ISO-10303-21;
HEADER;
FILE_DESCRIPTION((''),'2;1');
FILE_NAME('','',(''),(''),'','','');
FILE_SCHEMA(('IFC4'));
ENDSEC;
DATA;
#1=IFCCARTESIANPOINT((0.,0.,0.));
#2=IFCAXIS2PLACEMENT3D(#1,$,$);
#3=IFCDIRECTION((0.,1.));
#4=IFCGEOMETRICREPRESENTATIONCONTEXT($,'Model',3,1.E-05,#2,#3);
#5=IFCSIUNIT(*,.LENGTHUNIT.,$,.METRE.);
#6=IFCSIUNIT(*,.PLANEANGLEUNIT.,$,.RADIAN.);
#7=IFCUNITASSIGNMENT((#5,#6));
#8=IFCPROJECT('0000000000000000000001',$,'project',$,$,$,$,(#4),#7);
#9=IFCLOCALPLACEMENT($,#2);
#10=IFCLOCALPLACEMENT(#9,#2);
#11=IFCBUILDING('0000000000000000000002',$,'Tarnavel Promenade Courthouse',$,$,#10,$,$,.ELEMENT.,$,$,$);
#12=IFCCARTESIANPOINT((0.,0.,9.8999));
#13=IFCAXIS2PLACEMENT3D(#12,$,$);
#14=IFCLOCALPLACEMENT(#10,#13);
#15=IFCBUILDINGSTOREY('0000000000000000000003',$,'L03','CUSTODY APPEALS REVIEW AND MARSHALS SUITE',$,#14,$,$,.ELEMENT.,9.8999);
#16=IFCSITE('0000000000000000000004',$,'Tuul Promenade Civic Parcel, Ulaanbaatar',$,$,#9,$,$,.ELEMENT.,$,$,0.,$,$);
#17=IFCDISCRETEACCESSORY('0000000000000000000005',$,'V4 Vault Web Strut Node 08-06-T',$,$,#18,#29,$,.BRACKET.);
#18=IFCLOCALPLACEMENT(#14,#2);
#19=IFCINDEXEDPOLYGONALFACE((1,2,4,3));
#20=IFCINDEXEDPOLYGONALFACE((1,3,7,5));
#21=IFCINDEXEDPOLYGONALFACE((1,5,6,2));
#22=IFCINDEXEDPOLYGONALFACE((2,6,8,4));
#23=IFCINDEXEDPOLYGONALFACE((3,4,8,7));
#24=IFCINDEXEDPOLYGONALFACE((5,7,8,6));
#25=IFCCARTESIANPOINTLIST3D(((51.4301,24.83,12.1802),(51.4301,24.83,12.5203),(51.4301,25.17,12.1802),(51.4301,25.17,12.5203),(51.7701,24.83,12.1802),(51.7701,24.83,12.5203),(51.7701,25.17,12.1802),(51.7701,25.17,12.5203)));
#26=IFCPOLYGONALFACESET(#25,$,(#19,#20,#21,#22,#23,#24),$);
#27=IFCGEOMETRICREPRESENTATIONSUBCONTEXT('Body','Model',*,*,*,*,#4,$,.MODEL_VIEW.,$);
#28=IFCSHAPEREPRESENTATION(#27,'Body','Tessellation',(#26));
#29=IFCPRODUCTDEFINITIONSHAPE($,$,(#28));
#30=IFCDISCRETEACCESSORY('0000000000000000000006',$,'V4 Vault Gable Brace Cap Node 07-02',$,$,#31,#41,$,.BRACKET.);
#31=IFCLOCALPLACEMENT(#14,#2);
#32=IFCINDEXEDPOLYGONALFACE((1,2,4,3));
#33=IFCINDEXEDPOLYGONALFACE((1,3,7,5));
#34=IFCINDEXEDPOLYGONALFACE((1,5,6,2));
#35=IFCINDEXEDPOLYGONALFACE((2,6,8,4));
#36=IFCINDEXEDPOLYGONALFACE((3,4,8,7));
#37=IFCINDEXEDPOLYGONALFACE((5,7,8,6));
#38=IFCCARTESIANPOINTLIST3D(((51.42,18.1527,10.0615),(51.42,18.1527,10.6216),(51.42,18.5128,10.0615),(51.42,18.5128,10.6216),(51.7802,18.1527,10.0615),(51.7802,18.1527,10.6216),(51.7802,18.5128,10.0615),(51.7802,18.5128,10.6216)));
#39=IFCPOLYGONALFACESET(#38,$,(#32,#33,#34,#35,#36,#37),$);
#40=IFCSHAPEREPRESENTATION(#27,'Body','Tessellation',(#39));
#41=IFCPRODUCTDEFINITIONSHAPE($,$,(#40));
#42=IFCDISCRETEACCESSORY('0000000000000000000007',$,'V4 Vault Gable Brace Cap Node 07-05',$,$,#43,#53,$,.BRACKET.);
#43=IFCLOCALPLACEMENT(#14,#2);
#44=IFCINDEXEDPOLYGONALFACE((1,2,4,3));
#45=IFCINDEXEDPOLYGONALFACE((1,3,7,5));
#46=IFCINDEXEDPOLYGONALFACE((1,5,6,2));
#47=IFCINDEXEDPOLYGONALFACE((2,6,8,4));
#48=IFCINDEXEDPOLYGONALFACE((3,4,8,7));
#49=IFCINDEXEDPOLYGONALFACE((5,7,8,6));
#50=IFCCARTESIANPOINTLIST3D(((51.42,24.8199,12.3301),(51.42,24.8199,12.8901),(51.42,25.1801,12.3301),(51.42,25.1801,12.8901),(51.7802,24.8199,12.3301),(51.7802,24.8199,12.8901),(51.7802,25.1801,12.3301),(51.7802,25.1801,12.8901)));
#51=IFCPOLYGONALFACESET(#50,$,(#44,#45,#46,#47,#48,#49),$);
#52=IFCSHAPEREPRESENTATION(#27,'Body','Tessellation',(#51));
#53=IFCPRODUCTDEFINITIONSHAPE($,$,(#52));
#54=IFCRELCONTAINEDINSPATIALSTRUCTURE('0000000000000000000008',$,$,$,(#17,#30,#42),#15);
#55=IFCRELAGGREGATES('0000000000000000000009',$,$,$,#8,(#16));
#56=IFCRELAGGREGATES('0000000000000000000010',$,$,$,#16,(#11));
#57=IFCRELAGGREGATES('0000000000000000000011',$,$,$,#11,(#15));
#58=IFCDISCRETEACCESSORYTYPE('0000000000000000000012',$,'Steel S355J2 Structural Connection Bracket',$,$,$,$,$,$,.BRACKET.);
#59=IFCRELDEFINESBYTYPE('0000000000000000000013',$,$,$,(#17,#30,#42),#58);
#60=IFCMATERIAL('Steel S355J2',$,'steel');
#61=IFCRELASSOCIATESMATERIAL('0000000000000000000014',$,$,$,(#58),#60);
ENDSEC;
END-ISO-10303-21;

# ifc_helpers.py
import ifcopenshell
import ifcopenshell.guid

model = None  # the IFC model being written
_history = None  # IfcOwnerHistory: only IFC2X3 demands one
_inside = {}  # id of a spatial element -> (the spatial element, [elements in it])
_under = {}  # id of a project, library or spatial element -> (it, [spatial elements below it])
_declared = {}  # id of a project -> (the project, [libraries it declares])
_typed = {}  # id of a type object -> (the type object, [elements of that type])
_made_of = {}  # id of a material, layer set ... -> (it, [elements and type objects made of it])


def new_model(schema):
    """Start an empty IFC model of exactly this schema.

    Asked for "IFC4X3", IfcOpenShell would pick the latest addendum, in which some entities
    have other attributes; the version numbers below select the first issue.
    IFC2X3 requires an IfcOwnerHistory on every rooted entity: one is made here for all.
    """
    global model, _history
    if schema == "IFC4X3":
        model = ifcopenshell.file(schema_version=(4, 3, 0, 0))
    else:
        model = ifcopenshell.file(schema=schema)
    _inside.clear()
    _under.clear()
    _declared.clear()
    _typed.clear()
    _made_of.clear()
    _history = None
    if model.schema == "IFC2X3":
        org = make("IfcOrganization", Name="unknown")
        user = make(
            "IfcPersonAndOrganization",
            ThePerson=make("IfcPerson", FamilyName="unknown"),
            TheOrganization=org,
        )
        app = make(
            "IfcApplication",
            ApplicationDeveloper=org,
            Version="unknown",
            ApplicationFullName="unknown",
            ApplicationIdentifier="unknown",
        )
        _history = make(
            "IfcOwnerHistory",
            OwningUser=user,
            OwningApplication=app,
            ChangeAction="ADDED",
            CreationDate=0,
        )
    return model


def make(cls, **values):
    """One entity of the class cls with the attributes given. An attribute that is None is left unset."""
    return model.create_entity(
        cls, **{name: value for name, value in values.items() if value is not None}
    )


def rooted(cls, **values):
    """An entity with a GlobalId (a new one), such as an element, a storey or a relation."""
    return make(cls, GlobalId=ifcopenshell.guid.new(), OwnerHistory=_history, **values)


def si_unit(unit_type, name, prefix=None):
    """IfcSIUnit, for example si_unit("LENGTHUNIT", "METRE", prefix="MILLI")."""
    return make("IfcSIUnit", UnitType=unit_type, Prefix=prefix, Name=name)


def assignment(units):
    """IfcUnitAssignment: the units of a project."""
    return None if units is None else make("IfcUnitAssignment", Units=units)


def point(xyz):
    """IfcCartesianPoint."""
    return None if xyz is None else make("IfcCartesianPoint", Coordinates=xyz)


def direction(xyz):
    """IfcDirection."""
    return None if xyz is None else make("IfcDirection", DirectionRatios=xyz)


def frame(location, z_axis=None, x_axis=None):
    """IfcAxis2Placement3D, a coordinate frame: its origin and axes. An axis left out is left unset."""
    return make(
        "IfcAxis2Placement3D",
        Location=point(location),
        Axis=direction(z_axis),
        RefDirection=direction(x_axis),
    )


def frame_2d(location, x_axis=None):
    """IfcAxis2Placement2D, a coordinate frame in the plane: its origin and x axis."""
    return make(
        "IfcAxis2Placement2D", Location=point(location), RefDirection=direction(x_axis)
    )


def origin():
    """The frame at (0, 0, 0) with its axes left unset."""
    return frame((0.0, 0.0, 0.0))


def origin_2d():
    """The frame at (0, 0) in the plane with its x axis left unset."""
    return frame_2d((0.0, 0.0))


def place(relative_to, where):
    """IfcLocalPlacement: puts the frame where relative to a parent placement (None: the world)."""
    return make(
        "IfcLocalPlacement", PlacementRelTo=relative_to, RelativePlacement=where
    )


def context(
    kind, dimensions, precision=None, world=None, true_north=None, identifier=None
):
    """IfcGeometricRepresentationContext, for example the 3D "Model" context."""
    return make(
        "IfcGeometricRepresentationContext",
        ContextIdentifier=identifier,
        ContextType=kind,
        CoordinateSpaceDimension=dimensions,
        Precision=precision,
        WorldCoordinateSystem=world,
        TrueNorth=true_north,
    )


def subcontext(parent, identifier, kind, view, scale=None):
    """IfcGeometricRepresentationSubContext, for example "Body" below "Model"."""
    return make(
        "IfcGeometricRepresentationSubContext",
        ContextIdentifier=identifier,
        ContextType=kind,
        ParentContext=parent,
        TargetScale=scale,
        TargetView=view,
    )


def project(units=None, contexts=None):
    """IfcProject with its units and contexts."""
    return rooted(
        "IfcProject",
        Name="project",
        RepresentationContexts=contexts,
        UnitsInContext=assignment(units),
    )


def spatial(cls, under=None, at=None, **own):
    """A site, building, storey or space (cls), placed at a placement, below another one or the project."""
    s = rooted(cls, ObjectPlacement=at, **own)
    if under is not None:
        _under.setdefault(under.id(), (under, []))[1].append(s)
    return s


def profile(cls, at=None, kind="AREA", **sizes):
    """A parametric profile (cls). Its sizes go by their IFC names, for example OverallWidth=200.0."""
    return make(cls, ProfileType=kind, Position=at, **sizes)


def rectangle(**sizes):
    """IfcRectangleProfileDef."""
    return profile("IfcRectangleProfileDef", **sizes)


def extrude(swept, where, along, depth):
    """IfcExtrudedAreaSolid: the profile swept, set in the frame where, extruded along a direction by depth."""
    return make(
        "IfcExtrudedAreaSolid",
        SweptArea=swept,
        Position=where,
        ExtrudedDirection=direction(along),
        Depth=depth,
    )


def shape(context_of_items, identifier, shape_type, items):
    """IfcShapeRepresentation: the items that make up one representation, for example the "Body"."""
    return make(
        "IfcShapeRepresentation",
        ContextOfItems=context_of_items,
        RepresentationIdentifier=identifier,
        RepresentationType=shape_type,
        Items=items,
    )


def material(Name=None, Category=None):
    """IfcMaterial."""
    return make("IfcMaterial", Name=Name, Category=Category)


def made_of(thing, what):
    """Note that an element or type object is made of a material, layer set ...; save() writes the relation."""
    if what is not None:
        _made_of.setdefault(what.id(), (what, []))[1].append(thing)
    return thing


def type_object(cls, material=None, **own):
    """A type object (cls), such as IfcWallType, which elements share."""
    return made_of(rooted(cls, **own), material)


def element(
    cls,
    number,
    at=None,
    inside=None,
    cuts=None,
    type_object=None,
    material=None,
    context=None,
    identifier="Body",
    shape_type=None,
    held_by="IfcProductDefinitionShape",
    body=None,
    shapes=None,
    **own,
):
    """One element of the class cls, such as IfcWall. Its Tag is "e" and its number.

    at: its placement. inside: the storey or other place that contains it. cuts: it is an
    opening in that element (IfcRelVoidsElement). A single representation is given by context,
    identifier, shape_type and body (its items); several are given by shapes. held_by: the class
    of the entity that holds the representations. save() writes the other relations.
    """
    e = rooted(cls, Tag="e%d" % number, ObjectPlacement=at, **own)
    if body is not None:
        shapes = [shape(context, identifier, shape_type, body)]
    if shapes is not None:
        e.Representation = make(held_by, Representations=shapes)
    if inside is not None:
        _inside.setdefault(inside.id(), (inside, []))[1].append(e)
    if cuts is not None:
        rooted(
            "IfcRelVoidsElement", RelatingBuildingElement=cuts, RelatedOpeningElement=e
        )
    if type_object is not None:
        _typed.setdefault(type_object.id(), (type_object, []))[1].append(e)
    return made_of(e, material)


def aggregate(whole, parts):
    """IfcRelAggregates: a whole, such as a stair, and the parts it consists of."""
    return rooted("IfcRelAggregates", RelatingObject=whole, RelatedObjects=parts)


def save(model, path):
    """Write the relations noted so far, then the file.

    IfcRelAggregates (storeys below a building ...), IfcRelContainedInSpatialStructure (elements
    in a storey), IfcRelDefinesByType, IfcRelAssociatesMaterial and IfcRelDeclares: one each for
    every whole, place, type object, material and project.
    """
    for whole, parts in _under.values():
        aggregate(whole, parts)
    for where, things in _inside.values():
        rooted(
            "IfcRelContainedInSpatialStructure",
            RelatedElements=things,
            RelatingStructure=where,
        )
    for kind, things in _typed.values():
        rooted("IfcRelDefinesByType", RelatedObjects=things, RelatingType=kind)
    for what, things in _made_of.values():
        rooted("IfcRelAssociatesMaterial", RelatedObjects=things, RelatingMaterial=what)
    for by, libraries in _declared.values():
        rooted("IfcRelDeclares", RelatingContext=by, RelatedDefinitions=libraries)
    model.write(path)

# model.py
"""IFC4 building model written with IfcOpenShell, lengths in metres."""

from ifc_helpers import new_model, si_unit, direction, frame, origin, origin_2d, place, context, subcontext, project, spatial, rectangle, extrude, material, type_object, element, save


model = new_model("IFC4")

# Units and contexts
model_context = context("Model", 3, precision=1e-05, world=origin(), true_north=direction((0.0, 1.0)))
body_context = subcontext(model_context, "Body", "Model", "MODEL_VIEW")
ifc_project = project(units=[si_unit("LENGTHUNIT", "METRE"), si_unit("PLANEANGLEUNIT", "RADIAN")], contexts=[model_context])

# Site, building, storey
site_placement = place(None, origin())
site = spatial("IfcSite", under=ifc_project, at=site_placement, Name="Tuul Promenade Civic Parcel, Ulaanbaatar", CompositionType="ELEMENT", RefElevation=0.0)
building_placement = place(site_placement, origin())
building = spatial("IfcBuilding", under=site, at=building_placement, Name="Tarnavel Promenade Courthouse", CompositionType="ELEMENT")
storey_placement = place(building_placement, frame((0.0, 0.0, 9.8999)))
storey = spatial("IfcBuildingStorey", under=building, at=storey_placement, Name="L03", Description="CUSTODY APPEALS REVIEW AND MARSHALS SUITE", CompositionType="ELEMENT", Elevation=9.8999)

# Shared definitions
ifc_material_1 = material(Name="Steel S355J2", Category="steel")

# Discrete accessories
discrete_accessory_type = type_object("IfcDiscreteAccessoryType", Name="Steel S355J2 Structural Connection Bracket", PredefinedType="BRACKET", material=ifc_material_1)
for number, where, z_axis, x_axis, name in (
    (1, (51.6001, 25.0, 12.1802), (0.0, 0.0, 1.0), (1.0, 0.0, 0.0), "V4 Vault Web Strut Node 08-06-T"),
):
    element("IfcDiscreteAccessory", number, at=place(storey_placement, frame(where, z_axis=z_axis, x_axis=x_axis)), inside=storey, type_object=discrete_accessory_type, Name=name, PredefinedType="BRACKET", context=body_context, shape_type="SweptSolid", body=[
        extrude(rectangle(XDim=0.3401, YDim=0.3401, at=origin_2d()), origin(), (0.0, 0.0, 1.0), 0.3401),
    ])
for number, where, z_axis, x_axis, name in (
    (2, (51.6001, 18.3328, 10.0615), (0.0, 0.0, 1.0), (1.0, 0.0, 0.0), "V4 Vault Gable Brace Cap Node 07-02"),
    (3, (51.6001, 25.0, 12.3301), (0.0, 0.0, 1.0), (1.0, 0.0, 0.0), "V4 Vault Gable Brace Cap Node 07-05"),
):
    element("IfcDiscreteAccessory", number, at=place(storey_placement, frame(where, z_axis=z_axis, x_axis=x_axis)), inside=storey, type_object=discrete_accessory_type, Name=name, PredefinedType="BRACKET", context=body_context, shape_type="SweptSolid", body=[
        extrude(rectangle(XDim=0.3601, YDim=0.3601, at=origin_2d()), origin(), (0.0, 0.0, 1.0), 0.5601),
    ])

save(model, "model.ifc")
